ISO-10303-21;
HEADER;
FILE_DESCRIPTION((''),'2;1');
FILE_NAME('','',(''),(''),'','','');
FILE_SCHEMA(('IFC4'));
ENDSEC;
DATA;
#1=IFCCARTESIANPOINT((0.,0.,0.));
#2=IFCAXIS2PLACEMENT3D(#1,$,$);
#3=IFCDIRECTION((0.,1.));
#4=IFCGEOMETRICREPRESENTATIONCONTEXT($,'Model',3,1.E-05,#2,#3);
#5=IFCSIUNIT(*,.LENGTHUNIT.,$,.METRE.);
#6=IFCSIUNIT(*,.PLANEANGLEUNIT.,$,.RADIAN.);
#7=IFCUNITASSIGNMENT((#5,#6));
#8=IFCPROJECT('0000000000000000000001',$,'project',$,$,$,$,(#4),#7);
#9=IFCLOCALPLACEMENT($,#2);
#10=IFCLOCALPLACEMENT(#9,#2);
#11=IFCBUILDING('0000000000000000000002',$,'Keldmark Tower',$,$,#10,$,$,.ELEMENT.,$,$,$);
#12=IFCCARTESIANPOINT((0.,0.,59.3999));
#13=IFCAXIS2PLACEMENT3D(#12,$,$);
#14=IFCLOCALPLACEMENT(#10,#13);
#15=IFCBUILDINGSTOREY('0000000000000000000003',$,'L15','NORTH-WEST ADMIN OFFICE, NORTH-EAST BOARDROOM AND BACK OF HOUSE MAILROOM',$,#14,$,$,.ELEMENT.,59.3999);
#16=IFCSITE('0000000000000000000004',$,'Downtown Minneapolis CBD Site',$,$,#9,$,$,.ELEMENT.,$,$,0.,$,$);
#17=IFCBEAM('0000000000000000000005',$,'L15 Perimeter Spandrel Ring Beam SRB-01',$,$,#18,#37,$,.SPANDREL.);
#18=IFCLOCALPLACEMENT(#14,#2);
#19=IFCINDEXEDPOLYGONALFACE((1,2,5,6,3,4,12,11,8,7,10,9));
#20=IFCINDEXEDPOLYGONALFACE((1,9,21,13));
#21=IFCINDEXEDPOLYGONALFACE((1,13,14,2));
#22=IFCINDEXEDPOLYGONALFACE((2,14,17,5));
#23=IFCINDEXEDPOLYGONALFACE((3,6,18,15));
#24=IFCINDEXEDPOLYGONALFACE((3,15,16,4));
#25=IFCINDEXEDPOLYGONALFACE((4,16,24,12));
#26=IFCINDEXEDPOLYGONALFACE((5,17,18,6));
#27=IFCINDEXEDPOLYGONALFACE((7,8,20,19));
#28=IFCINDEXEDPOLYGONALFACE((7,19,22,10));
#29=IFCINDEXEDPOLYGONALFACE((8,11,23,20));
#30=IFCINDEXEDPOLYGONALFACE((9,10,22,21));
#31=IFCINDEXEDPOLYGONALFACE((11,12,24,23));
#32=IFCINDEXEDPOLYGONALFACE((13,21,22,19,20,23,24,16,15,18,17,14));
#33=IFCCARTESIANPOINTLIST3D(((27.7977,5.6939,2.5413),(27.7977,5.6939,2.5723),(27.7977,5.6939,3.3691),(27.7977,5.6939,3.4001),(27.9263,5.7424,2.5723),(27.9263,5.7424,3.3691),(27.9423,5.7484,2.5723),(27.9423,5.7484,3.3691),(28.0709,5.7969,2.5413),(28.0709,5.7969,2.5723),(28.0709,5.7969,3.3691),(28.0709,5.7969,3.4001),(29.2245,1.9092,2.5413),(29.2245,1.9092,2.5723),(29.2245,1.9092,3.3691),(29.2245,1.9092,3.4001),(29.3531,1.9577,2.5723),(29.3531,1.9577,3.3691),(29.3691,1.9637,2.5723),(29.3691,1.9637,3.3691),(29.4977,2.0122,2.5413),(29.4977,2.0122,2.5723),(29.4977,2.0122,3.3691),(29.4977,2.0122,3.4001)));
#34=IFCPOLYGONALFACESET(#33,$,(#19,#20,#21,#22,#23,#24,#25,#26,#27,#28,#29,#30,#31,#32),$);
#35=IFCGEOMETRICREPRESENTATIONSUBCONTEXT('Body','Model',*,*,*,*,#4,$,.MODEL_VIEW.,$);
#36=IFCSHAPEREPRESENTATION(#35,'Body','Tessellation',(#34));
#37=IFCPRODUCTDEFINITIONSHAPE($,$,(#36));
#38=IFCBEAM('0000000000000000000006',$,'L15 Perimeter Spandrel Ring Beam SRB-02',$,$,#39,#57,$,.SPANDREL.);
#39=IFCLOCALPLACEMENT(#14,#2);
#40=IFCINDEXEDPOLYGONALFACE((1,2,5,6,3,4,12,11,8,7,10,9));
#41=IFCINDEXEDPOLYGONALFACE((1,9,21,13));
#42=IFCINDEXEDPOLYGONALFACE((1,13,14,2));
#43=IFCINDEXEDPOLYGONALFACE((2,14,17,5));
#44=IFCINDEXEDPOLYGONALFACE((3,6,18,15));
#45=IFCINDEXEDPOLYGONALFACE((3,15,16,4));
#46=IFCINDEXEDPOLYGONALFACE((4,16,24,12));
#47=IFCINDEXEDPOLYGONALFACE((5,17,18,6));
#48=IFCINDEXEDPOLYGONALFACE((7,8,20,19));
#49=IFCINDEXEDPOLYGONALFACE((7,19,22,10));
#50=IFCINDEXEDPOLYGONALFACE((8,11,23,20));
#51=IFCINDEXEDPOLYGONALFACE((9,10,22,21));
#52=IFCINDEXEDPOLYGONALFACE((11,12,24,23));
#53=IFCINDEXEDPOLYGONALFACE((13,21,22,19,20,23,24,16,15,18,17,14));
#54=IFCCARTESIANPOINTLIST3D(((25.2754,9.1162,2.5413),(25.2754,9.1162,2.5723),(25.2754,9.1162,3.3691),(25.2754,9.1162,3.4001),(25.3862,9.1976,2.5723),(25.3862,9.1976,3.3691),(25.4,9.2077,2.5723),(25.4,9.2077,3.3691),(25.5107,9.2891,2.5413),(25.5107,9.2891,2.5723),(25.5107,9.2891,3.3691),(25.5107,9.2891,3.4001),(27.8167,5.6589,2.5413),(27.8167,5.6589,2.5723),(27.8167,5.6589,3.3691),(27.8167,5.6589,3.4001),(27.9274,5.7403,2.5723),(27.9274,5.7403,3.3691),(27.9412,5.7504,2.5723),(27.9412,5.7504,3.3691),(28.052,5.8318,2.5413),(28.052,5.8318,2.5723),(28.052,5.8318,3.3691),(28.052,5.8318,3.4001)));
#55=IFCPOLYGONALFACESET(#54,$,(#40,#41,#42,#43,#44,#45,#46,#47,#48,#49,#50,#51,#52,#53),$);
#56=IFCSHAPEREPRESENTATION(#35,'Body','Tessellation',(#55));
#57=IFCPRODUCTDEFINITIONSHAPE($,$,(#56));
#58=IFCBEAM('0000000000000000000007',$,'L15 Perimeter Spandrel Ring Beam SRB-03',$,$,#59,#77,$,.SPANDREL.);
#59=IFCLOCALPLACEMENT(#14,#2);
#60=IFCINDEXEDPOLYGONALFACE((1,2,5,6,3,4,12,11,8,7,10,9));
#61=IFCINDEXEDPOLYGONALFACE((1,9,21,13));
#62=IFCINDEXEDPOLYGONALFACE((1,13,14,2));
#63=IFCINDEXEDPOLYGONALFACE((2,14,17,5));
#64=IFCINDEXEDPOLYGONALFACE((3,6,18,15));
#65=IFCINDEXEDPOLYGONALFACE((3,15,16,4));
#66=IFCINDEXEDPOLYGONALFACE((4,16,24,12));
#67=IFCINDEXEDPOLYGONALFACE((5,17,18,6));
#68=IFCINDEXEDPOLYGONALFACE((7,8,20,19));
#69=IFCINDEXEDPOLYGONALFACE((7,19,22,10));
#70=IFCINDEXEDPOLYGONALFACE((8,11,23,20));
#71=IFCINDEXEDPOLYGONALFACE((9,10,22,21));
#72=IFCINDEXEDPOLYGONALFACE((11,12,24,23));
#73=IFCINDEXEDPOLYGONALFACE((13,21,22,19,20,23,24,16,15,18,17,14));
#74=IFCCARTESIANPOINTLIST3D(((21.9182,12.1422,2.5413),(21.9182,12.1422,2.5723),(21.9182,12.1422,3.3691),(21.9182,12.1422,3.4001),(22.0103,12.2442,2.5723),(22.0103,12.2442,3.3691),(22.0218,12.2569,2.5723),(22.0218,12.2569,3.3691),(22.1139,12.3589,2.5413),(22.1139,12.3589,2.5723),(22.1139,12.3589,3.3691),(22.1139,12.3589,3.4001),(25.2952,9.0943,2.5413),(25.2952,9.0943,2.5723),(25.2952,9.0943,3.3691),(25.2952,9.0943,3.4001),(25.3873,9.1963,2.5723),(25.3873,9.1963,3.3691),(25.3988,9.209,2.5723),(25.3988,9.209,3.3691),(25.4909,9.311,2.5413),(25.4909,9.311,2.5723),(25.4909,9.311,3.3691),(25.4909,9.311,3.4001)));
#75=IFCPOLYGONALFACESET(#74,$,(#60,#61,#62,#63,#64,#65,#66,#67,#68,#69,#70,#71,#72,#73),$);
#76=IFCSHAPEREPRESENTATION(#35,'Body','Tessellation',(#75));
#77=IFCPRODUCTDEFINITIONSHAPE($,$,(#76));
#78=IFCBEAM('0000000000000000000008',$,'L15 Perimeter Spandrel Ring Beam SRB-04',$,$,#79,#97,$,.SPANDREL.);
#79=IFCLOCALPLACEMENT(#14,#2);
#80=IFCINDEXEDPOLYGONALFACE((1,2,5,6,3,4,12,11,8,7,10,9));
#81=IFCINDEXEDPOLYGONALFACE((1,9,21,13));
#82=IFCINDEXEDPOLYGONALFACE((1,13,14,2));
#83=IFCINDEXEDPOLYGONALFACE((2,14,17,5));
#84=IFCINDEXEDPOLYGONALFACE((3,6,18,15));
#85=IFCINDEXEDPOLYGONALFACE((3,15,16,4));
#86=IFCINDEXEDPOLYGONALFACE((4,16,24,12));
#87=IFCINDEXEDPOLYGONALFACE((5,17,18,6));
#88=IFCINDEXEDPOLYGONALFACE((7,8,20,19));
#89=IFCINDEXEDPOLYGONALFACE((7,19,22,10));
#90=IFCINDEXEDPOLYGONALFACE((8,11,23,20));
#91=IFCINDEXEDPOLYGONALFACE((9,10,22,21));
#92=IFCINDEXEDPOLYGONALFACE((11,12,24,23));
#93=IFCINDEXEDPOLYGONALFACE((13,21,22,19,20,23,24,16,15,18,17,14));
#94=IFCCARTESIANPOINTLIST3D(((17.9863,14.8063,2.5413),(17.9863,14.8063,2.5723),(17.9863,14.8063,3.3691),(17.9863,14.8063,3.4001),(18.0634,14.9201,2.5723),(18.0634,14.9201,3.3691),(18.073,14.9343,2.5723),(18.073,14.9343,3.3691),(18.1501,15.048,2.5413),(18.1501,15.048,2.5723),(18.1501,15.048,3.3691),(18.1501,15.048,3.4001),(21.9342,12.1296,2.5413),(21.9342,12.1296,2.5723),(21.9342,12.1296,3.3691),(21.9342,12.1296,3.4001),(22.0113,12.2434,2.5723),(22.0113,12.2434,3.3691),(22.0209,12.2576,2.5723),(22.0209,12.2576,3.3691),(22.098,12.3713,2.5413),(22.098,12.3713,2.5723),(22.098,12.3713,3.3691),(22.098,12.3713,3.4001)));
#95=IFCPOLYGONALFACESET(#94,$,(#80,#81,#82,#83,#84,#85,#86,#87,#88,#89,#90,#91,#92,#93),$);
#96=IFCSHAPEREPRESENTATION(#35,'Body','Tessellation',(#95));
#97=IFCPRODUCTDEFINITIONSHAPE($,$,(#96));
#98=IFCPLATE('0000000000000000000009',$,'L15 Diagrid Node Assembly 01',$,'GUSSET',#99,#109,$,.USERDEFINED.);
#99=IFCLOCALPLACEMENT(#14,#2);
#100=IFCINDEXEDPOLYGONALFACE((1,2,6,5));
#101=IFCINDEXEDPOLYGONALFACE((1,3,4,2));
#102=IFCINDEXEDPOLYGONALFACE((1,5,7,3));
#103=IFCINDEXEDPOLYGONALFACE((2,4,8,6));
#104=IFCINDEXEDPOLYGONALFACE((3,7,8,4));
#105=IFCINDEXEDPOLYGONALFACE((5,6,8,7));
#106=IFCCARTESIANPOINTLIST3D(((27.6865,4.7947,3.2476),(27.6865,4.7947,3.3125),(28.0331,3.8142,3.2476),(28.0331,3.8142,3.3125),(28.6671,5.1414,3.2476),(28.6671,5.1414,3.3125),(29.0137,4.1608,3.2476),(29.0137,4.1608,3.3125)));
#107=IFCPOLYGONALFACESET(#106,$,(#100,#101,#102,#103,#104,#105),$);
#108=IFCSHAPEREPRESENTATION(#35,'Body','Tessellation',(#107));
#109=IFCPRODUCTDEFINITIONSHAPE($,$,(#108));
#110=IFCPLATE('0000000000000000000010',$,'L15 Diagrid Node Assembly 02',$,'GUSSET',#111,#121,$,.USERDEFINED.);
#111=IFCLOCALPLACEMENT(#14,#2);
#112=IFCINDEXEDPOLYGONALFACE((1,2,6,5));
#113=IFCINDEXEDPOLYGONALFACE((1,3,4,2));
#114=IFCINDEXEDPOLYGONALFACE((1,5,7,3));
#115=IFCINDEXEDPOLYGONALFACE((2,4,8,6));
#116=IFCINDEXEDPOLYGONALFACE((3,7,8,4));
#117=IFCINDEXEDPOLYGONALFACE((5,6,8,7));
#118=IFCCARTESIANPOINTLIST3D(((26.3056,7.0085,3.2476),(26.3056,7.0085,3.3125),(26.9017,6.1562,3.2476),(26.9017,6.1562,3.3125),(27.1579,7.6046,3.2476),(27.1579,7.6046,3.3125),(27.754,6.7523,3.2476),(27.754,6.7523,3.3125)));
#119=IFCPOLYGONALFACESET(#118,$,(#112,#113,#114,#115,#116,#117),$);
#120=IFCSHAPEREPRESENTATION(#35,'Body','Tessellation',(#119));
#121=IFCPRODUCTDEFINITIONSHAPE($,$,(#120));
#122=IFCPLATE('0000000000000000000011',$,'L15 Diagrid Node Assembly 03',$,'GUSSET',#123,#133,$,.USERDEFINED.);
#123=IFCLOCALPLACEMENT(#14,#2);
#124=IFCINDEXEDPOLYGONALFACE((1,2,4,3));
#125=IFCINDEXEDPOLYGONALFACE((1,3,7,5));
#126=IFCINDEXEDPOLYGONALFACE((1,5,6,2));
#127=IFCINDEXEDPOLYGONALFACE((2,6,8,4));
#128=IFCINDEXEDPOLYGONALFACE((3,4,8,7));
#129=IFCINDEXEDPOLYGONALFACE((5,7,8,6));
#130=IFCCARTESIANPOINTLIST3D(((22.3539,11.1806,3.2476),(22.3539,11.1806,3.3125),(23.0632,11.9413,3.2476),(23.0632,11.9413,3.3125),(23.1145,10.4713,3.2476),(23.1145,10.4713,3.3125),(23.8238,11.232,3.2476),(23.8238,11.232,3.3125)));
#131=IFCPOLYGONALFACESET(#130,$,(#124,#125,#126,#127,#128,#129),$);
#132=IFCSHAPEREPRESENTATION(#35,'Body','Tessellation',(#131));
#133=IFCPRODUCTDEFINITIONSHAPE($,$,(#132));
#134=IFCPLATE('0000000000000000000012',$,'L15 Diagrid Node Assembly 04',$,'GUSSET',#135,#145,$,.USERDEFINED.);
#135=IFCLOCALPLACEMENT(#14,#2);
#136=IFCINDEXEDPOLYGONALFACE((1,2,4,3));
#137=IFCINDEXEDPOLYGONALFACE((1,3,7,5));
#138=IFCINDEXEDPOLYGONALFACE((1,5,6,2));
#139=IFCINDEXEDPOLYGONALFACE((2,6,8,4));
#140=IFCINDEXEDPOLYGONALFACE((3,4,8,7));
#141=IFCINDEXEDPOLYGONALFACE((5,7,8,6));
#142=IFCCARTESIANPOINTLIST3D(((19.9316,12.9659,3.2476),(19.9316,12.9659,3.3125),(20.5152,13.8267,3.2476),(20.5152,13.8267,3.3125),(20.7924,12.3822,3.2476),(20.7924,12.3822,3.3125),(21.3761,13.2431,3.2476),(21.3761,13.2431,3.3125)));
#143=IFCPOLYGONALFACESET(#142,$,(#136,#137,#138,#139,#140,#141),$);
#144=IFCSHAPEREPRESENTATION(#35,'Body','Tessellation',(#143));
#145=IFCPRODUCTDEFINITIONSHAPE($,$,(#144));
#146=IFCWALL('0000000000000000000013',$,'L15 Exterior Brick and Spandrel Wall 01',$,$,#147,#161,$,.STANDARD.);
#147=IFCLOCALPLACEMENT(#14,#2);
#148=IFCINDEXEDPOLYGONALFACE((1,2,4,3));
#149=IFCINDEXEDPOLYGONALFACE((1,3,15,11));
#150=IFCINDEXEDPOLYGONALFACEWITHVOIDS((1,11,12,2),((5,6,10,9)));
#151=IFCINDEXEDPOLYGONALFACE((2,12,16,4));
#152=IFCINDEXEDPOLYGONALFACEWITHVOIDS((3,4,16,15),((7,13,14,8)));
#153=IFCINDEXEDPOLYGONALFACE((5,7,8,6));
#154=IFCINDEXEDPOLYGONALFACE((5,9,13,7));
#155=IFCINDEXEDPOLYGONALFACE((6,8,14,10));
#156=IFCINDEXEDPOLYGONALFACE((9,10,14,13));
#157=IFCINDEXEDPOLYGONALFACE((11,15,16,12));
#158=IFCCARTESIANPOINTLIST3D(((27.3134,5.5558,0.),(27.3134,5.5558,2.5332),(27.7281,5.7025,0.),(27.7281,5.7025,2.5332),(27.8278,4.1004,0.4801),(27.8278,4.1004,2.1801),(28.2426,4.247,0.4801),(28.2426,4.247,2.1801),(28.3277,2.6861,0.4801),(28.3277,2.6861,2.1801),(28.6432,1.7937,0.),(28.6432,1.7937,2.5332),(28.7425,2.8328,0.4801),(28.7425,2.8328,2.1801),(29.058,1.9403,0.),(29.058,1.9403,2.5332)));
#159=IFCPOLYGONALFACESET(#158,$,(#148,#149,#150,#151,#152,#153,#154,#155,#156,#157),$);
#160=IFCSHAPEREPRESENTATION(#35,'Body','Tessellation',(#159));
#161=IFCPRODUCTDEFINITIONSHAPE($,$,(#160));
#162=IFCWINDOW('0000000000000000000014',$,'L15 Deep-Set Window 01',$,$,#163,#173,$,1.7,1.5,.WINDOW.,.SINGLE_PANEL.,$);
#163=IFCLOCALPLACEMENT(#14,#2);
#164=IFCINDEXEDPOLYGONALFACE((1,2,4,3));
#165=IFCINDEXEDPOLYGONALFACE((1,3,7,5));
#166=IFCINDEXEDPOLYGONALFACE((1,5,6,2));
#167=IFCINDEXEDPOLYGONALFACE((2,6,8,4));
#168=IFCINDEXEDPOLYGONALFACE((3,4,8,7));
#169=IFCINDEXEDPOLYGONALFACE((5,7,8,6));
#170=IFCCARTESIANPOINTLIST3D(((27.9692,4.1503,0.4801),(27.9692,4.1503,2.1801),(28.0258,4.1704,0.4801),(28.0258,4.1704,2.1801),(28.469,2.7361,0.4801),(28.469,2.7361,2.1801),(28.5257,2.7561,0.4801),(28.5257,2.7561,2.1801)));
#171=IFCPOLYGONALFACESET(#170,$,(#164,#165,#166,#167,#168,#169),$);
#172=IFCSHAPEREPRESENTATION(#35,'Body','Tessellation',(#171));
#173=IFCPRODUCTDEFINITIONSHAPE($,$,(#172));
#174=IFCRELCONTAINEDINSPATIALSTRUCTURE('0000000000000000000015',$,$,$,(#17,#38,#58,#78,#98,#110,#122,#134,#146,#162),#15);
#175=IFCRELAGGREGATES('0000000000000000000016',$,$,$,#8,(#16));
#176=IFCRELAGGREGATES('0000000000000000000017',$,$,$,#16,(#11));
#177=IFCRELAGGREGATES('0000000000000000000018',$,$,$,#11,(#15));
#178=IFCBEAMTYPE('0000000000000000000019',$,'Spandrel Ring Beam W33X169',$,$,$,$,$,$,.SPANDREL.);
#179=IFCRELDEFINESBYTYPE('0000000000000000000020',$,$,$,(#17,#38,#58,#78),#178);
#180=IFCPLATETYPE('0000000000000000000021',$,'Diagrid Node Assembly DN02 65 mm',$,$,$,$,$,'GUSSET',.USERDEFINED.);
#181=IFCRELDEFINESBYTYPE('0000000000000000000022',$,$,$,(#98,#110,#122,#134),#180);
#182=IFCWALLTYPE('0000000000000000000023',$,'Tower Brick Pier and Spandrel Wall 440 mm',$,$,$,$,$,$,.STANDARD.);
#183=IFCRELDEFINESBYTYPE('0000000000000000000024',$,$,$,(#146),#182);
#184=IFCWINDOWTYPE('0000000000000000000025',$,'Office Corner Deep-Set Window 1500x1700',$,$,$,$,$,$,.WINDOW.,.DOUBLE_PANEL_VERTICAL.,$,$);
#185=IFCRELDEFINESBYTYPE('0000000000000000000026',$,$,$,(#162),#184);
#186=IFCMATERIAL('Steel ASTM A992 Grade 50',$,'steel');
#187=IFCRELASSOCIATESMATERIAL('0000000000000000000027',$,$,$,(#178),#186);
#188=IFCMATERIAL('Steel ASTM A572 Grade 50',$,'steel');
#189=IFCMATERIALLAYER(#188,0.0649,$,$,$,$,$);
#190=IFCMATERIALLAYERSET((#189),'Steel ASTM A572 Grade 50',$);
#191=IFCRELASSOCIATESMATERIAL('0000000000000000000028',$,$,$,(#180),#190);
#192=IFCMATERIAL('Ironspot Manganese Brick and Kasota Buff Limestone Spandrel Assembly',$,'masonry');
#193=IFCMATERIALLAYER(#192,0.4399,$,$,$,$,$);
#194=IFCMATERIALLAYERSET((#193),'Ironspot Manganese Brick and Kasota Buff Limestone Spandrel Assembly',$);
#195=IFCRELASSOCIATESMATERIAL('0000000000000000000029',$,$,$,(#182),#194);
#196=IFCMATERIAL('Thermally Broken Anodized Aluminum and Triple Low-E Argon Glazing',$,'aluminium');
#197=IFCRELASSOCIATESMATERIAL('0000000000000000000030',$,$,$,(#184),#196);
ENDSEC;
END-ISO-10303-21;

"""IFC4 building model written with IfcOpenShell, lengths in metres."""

from ifc_helpers import new_model, si_unit, direction, frame, frame_2d, origin, origin_2d, place, context, subcontext, project, spatial, rectangle, i_section, extrude, material, layer, layer_set, material_profile, profile_set, type_object, element, fill, save


model = new_model("IFC4")

# Units and contexts
model_context = context("Model", 3, precision=1e-05, world=origin(), true_north=direction((0.0, 1.0)))
body_context = subcontext(model_context, "Body", "Model", "MODEL_VIEW")
ifc_project = project(units=[si_unit("LENGTHUNIT", "METRE"), si_unit("PLANEANGLEUNIT", "RADIAN")], contexts=[model_context])

# Site, building, storey
site_placement = place(None, origin())
site = spatial("IfcSite", under=ifc_project, at=site_placement, Name="Downtown Minneapolis CBD Site", CompositionType="ELEMENT", RefElevation=0.0)
building_placement = place(site_placement, origin())
building = spatial("IfcBuilding", under=site, at=building_placement, Name="Keldmark Tower", CompositionType="ELEMENT")
storey_placement = place(building_placement, frame((0.0, 0.0, 59.3999)))
storey = spatial("IfcBuildingStorey", under=building, at=storey_placement, Name="L15", Description="NORTH-WEST ADMIN OFFICE, NORTH-EAST BOARDROOM AND BACK OF HOUSE MAILROOM", CompositionType="ELEMENT", Elevation=59.3999)

# Beams
ifc_material_1 = material(Name="Steel ASTM A992 Grade 50", Category="steel")
ifc_material_profile_1 = material_profile(ifc_material_1, i_section(OverallWidth=0.292, OverallDepth=0.8589, WebThickness=0.0171, FlangeThickness=0.031, at=origin_2d()), Name="W33X169")
ifc_profile_set_1 = profile_set([ifc_material_profile_1], Name="Steel ASTM A992 Grade 50")
beam_type_1 = type_object("IfcBeamType", Name="Spandrel Ring Beam W33X169", PredefinedType="SPANDREL", material=ifc_profile_set_1)
beam_1_placement = place(storey_placement, frame((29.3611, 1.9607, 2.9707), z_axis=(-0.35275, 0.935718, 0.0), x_axis=(-0.935718, -0.35275, 0.0)))
element("IfcBeam", 1, at=beam_1_placement, inside=storey, type_object=beam_type_1, Name="L15 Perimeter Spandrel Ring Beam SRB-01", PredefinedType="SPANDREL", context=body_context, shape_type="SweptSolid", body=[
    extrude(i_section(OverallWidth=0.292, OverallDepth=0.8589, WebThickness=0.0171, FlangeThickness=0.031, at=origin_2d()), origin(), (0.0, 0.0, 1.0), 4.0447),
])
beam_2_placement = place(storey_placement, frame((27.9343, 5.7454, 2.9707), z_axis=(-0.592261, 0.805746, 0.0), x_axis=(-0.805746, -0.592261, 0.0)))
element("IfcBeam", 2, at=beam_2_placement, inside=storey, type_object=beam_type_1, Name="L15 Perimeter Spandrel Ring Beam SRB-02", PredefinedType="SPANDREL", context=body_context, shape_type="SweptSolid", body=[
    extrude(i_section(OverallWidth=0.292, OverallDepth=0.8589, WebThickness=0.0171, FlangeThickness=0.031, at=origin_2d()), origin(), (0.0, 0.0, 1.0), 4.2908),
])
beam_3_placement = place(storey_placement, frame((25.3931, 9.2026, 2.9707), z_axis=(-0.742354, 0.670008, 0.0), x_axis=(-0.670008, -0.742354, 0.0)))
element("IfcBeam", 3, at=beam_3_placement, inside=storey, type_object=beam_type_1, Name="L15 Perimeter Spandrel Ring Beam SRB-03", PredefinedType="SPANDREL", context=body_context, shape_type="SweptSolid", body=[
    extrude(i_section(OverallWidth=0.292, OverallDepth=0.8589, WebThickness=0.0171, FlangeThickness=0.031, at=origin_2d()), origin(), (0.0, 0.0, 1.0), 4.5491),
])
beam_4_placement = place(storey_placement, frame((22.0161, 12.2505, 2.9707), z_axis=(-0.827694, 0.56118, 0.0), x_axis=(-0.56118, -0.827694, 0.0)))
element("IfcBeam", 4, at=beam_4_placement, inside=storey, type_object=beam_type_1, Name="L15 Perimeter Spandrel Ring Beam SRB-04", PredefinedType="SPANDREL", context=body_context, shape_type="SweptSolid", body=[
    extrude(i_section(OverallWidth=0.292, OverallDepth=0.8589, WebThickness=0.0171, FlangeThickness=0.031, at=origin_2d()), origin(), (0.0, 0.0, 1.0), 4.7698),
])

# Plates
ifc_material_2 = material(Name="Steel ASTM A572 Grade 50", Category="steel")
ifc_layer_1 = layer(ifc_material_2, 0.0649)
ifc_layer_set_1 = layer_set([ifc_layer_1], Name="Steel ASTM A572 Grade 50")
plate_type = type_object("IfcPlateType", Name="Diagrid Node Assembly DN02 65 mm", ElementType="GUSSET", PredefinedType="USERDEFINED", material=ifc_layer_set_1)
for number, where, z_axis, x_axis, name in (
    (5, (28.3501, 4.4778, 3.2476), (0.0, 0.0, 1.0), (-0.333313, 0.942816, 0.0), "L15 Diagrid Node Assembly 01"),
    (6, (27.0298, 6.8804, 3.2476), (0.0, 0.0, 1.0), (-0.573147, 0.819452, 0.0), "L15 Diagrid Node Assembly 02"),
    (7, (23.0889, 11.2063, 3.2476), (0.0, 0.0, 1.0), (-0.731354, 0.681998, 0.0), "L15 Diagrid Node Assembly 03"),
    (8, (20.6538, 13.1045, 3.2476), (0.0, 0.0, 1.0), (-0.827669, 0.561217, 0.0), "L15 Diagrid Node Assembly 04"),
):
    element("IfcPlate", number, at=place(storey_placement, frame(where, z_axis=z_axis, x_axis=x_axis)), inside=storey, type_object=plate_type, Name=name, ObjectType="GUSSET", PredefinedType="USERDEFINED", context=body_context, shape_type="SweptSolid", body=[
        extrude(rectangle(XDim=1.04, YDim=1.04, at=origin_2d()), origin(), (0.0, 0.0, 1.0), 0.0649),
    ])

# Wall, opening, window
ifc_material_3 = material(Name="Ironspot Manganese Brick and Kasota Buff Limestone Spandrel Assembly", Category="masonry")
ifc_layer_2 = layer(ifc_material_3, 0.4399)
ifc_layer_set_2 = layer_set([ifc_layer_2], Name="Ironspot Manganese Brick and Kasota Buff Limestone Spandrel Assembly")
wall_type = type_object("IfcWallType", Name="Tower Brick Pier and Spandrel Wall 440 mm", PredefinedType="STANDARD", material=ifc_layer_set_2)
wall_1_placement = place(storey_placement, frame((27.5208, 5.6292, 0.0), z_axis=(0.0, 0.0, 1.0), x_axis=(0.333265, -0.942833, 0.0)))
wall_1 = element("IfcWall", 9, at=wall_1_placement, inside=storey, type_object=wall_type, Name="L15 Exterior Brick and Spandrel Wall 01", PredefinedType="STANDARD", context=body_context, shape_type="SweptSolid", body=[
    extrude(rectangle(XDim=3.9902, YDim=0.4399, at=frame_2d((1.9951, 0.0))), origin(), (0.0, 0.0, 1.0), 2.5332),
])
opening_1_placement = place(wall_1_placement, frame((1.5437, 0.0, 0.48)))
opening_1 = element("IfcOpeningElement", 10, at=opening_1_placement, cuts=wall_1, PredefinedType="OPENING", context=body_context, shape_type="SweptSolid", body=[
    extrude(rectangle(XDim=1.5, YDim=1.7, at=frame_2d((0.75, 0.8501))), frame((0.0, 0.23, 0.0), z_axis=(0.0, -1.0, 0.0), x_axis=(1.0, 0.0, 0.0)), (0.0, 0.0, 1.0), 0.46),
])
ifc_material_4 = material(Name="Thermally Broken Anodized Aluminum and Triple Low-E Argon Glazing", Category="aluminium")
window_type_1 = type_object("IfcWindowType", Name="Office Corner Deep-Set Window 1500x1700", PartitioningType="DOUBLE_PANEL_VERTICAL", PredefinedType="WINDOW", material=ifc_material_4)
window_1_placement = place(opening_1_placement, origin())
window_1 = element("IfcWindow", 11, at=window_1_placement, inside=storey, type_object=window_type_1, Name="L15 Deep-Set Window 01", OverallHeight=1.7, OverallWidth=1.5, PartitioningType="SINGLE_PANEL", PredefinedType="WINDOW", context=body_context, shape_type="SweptSolid", body=[
    extrude(rectangle(XDim=1.5, YDim=1.7, at=frame_2d((0.75, 0.8501))), frame((0.0, -0.01, 0.0), z_axis=(0.0, -1.0, 0.0), x_axis=(1.0, 0.0, 0.0)), (0.0, 0.0, 1.0), 0.0601),
])
fill(opening_1, window_1)

save(model, "model.ifc")
